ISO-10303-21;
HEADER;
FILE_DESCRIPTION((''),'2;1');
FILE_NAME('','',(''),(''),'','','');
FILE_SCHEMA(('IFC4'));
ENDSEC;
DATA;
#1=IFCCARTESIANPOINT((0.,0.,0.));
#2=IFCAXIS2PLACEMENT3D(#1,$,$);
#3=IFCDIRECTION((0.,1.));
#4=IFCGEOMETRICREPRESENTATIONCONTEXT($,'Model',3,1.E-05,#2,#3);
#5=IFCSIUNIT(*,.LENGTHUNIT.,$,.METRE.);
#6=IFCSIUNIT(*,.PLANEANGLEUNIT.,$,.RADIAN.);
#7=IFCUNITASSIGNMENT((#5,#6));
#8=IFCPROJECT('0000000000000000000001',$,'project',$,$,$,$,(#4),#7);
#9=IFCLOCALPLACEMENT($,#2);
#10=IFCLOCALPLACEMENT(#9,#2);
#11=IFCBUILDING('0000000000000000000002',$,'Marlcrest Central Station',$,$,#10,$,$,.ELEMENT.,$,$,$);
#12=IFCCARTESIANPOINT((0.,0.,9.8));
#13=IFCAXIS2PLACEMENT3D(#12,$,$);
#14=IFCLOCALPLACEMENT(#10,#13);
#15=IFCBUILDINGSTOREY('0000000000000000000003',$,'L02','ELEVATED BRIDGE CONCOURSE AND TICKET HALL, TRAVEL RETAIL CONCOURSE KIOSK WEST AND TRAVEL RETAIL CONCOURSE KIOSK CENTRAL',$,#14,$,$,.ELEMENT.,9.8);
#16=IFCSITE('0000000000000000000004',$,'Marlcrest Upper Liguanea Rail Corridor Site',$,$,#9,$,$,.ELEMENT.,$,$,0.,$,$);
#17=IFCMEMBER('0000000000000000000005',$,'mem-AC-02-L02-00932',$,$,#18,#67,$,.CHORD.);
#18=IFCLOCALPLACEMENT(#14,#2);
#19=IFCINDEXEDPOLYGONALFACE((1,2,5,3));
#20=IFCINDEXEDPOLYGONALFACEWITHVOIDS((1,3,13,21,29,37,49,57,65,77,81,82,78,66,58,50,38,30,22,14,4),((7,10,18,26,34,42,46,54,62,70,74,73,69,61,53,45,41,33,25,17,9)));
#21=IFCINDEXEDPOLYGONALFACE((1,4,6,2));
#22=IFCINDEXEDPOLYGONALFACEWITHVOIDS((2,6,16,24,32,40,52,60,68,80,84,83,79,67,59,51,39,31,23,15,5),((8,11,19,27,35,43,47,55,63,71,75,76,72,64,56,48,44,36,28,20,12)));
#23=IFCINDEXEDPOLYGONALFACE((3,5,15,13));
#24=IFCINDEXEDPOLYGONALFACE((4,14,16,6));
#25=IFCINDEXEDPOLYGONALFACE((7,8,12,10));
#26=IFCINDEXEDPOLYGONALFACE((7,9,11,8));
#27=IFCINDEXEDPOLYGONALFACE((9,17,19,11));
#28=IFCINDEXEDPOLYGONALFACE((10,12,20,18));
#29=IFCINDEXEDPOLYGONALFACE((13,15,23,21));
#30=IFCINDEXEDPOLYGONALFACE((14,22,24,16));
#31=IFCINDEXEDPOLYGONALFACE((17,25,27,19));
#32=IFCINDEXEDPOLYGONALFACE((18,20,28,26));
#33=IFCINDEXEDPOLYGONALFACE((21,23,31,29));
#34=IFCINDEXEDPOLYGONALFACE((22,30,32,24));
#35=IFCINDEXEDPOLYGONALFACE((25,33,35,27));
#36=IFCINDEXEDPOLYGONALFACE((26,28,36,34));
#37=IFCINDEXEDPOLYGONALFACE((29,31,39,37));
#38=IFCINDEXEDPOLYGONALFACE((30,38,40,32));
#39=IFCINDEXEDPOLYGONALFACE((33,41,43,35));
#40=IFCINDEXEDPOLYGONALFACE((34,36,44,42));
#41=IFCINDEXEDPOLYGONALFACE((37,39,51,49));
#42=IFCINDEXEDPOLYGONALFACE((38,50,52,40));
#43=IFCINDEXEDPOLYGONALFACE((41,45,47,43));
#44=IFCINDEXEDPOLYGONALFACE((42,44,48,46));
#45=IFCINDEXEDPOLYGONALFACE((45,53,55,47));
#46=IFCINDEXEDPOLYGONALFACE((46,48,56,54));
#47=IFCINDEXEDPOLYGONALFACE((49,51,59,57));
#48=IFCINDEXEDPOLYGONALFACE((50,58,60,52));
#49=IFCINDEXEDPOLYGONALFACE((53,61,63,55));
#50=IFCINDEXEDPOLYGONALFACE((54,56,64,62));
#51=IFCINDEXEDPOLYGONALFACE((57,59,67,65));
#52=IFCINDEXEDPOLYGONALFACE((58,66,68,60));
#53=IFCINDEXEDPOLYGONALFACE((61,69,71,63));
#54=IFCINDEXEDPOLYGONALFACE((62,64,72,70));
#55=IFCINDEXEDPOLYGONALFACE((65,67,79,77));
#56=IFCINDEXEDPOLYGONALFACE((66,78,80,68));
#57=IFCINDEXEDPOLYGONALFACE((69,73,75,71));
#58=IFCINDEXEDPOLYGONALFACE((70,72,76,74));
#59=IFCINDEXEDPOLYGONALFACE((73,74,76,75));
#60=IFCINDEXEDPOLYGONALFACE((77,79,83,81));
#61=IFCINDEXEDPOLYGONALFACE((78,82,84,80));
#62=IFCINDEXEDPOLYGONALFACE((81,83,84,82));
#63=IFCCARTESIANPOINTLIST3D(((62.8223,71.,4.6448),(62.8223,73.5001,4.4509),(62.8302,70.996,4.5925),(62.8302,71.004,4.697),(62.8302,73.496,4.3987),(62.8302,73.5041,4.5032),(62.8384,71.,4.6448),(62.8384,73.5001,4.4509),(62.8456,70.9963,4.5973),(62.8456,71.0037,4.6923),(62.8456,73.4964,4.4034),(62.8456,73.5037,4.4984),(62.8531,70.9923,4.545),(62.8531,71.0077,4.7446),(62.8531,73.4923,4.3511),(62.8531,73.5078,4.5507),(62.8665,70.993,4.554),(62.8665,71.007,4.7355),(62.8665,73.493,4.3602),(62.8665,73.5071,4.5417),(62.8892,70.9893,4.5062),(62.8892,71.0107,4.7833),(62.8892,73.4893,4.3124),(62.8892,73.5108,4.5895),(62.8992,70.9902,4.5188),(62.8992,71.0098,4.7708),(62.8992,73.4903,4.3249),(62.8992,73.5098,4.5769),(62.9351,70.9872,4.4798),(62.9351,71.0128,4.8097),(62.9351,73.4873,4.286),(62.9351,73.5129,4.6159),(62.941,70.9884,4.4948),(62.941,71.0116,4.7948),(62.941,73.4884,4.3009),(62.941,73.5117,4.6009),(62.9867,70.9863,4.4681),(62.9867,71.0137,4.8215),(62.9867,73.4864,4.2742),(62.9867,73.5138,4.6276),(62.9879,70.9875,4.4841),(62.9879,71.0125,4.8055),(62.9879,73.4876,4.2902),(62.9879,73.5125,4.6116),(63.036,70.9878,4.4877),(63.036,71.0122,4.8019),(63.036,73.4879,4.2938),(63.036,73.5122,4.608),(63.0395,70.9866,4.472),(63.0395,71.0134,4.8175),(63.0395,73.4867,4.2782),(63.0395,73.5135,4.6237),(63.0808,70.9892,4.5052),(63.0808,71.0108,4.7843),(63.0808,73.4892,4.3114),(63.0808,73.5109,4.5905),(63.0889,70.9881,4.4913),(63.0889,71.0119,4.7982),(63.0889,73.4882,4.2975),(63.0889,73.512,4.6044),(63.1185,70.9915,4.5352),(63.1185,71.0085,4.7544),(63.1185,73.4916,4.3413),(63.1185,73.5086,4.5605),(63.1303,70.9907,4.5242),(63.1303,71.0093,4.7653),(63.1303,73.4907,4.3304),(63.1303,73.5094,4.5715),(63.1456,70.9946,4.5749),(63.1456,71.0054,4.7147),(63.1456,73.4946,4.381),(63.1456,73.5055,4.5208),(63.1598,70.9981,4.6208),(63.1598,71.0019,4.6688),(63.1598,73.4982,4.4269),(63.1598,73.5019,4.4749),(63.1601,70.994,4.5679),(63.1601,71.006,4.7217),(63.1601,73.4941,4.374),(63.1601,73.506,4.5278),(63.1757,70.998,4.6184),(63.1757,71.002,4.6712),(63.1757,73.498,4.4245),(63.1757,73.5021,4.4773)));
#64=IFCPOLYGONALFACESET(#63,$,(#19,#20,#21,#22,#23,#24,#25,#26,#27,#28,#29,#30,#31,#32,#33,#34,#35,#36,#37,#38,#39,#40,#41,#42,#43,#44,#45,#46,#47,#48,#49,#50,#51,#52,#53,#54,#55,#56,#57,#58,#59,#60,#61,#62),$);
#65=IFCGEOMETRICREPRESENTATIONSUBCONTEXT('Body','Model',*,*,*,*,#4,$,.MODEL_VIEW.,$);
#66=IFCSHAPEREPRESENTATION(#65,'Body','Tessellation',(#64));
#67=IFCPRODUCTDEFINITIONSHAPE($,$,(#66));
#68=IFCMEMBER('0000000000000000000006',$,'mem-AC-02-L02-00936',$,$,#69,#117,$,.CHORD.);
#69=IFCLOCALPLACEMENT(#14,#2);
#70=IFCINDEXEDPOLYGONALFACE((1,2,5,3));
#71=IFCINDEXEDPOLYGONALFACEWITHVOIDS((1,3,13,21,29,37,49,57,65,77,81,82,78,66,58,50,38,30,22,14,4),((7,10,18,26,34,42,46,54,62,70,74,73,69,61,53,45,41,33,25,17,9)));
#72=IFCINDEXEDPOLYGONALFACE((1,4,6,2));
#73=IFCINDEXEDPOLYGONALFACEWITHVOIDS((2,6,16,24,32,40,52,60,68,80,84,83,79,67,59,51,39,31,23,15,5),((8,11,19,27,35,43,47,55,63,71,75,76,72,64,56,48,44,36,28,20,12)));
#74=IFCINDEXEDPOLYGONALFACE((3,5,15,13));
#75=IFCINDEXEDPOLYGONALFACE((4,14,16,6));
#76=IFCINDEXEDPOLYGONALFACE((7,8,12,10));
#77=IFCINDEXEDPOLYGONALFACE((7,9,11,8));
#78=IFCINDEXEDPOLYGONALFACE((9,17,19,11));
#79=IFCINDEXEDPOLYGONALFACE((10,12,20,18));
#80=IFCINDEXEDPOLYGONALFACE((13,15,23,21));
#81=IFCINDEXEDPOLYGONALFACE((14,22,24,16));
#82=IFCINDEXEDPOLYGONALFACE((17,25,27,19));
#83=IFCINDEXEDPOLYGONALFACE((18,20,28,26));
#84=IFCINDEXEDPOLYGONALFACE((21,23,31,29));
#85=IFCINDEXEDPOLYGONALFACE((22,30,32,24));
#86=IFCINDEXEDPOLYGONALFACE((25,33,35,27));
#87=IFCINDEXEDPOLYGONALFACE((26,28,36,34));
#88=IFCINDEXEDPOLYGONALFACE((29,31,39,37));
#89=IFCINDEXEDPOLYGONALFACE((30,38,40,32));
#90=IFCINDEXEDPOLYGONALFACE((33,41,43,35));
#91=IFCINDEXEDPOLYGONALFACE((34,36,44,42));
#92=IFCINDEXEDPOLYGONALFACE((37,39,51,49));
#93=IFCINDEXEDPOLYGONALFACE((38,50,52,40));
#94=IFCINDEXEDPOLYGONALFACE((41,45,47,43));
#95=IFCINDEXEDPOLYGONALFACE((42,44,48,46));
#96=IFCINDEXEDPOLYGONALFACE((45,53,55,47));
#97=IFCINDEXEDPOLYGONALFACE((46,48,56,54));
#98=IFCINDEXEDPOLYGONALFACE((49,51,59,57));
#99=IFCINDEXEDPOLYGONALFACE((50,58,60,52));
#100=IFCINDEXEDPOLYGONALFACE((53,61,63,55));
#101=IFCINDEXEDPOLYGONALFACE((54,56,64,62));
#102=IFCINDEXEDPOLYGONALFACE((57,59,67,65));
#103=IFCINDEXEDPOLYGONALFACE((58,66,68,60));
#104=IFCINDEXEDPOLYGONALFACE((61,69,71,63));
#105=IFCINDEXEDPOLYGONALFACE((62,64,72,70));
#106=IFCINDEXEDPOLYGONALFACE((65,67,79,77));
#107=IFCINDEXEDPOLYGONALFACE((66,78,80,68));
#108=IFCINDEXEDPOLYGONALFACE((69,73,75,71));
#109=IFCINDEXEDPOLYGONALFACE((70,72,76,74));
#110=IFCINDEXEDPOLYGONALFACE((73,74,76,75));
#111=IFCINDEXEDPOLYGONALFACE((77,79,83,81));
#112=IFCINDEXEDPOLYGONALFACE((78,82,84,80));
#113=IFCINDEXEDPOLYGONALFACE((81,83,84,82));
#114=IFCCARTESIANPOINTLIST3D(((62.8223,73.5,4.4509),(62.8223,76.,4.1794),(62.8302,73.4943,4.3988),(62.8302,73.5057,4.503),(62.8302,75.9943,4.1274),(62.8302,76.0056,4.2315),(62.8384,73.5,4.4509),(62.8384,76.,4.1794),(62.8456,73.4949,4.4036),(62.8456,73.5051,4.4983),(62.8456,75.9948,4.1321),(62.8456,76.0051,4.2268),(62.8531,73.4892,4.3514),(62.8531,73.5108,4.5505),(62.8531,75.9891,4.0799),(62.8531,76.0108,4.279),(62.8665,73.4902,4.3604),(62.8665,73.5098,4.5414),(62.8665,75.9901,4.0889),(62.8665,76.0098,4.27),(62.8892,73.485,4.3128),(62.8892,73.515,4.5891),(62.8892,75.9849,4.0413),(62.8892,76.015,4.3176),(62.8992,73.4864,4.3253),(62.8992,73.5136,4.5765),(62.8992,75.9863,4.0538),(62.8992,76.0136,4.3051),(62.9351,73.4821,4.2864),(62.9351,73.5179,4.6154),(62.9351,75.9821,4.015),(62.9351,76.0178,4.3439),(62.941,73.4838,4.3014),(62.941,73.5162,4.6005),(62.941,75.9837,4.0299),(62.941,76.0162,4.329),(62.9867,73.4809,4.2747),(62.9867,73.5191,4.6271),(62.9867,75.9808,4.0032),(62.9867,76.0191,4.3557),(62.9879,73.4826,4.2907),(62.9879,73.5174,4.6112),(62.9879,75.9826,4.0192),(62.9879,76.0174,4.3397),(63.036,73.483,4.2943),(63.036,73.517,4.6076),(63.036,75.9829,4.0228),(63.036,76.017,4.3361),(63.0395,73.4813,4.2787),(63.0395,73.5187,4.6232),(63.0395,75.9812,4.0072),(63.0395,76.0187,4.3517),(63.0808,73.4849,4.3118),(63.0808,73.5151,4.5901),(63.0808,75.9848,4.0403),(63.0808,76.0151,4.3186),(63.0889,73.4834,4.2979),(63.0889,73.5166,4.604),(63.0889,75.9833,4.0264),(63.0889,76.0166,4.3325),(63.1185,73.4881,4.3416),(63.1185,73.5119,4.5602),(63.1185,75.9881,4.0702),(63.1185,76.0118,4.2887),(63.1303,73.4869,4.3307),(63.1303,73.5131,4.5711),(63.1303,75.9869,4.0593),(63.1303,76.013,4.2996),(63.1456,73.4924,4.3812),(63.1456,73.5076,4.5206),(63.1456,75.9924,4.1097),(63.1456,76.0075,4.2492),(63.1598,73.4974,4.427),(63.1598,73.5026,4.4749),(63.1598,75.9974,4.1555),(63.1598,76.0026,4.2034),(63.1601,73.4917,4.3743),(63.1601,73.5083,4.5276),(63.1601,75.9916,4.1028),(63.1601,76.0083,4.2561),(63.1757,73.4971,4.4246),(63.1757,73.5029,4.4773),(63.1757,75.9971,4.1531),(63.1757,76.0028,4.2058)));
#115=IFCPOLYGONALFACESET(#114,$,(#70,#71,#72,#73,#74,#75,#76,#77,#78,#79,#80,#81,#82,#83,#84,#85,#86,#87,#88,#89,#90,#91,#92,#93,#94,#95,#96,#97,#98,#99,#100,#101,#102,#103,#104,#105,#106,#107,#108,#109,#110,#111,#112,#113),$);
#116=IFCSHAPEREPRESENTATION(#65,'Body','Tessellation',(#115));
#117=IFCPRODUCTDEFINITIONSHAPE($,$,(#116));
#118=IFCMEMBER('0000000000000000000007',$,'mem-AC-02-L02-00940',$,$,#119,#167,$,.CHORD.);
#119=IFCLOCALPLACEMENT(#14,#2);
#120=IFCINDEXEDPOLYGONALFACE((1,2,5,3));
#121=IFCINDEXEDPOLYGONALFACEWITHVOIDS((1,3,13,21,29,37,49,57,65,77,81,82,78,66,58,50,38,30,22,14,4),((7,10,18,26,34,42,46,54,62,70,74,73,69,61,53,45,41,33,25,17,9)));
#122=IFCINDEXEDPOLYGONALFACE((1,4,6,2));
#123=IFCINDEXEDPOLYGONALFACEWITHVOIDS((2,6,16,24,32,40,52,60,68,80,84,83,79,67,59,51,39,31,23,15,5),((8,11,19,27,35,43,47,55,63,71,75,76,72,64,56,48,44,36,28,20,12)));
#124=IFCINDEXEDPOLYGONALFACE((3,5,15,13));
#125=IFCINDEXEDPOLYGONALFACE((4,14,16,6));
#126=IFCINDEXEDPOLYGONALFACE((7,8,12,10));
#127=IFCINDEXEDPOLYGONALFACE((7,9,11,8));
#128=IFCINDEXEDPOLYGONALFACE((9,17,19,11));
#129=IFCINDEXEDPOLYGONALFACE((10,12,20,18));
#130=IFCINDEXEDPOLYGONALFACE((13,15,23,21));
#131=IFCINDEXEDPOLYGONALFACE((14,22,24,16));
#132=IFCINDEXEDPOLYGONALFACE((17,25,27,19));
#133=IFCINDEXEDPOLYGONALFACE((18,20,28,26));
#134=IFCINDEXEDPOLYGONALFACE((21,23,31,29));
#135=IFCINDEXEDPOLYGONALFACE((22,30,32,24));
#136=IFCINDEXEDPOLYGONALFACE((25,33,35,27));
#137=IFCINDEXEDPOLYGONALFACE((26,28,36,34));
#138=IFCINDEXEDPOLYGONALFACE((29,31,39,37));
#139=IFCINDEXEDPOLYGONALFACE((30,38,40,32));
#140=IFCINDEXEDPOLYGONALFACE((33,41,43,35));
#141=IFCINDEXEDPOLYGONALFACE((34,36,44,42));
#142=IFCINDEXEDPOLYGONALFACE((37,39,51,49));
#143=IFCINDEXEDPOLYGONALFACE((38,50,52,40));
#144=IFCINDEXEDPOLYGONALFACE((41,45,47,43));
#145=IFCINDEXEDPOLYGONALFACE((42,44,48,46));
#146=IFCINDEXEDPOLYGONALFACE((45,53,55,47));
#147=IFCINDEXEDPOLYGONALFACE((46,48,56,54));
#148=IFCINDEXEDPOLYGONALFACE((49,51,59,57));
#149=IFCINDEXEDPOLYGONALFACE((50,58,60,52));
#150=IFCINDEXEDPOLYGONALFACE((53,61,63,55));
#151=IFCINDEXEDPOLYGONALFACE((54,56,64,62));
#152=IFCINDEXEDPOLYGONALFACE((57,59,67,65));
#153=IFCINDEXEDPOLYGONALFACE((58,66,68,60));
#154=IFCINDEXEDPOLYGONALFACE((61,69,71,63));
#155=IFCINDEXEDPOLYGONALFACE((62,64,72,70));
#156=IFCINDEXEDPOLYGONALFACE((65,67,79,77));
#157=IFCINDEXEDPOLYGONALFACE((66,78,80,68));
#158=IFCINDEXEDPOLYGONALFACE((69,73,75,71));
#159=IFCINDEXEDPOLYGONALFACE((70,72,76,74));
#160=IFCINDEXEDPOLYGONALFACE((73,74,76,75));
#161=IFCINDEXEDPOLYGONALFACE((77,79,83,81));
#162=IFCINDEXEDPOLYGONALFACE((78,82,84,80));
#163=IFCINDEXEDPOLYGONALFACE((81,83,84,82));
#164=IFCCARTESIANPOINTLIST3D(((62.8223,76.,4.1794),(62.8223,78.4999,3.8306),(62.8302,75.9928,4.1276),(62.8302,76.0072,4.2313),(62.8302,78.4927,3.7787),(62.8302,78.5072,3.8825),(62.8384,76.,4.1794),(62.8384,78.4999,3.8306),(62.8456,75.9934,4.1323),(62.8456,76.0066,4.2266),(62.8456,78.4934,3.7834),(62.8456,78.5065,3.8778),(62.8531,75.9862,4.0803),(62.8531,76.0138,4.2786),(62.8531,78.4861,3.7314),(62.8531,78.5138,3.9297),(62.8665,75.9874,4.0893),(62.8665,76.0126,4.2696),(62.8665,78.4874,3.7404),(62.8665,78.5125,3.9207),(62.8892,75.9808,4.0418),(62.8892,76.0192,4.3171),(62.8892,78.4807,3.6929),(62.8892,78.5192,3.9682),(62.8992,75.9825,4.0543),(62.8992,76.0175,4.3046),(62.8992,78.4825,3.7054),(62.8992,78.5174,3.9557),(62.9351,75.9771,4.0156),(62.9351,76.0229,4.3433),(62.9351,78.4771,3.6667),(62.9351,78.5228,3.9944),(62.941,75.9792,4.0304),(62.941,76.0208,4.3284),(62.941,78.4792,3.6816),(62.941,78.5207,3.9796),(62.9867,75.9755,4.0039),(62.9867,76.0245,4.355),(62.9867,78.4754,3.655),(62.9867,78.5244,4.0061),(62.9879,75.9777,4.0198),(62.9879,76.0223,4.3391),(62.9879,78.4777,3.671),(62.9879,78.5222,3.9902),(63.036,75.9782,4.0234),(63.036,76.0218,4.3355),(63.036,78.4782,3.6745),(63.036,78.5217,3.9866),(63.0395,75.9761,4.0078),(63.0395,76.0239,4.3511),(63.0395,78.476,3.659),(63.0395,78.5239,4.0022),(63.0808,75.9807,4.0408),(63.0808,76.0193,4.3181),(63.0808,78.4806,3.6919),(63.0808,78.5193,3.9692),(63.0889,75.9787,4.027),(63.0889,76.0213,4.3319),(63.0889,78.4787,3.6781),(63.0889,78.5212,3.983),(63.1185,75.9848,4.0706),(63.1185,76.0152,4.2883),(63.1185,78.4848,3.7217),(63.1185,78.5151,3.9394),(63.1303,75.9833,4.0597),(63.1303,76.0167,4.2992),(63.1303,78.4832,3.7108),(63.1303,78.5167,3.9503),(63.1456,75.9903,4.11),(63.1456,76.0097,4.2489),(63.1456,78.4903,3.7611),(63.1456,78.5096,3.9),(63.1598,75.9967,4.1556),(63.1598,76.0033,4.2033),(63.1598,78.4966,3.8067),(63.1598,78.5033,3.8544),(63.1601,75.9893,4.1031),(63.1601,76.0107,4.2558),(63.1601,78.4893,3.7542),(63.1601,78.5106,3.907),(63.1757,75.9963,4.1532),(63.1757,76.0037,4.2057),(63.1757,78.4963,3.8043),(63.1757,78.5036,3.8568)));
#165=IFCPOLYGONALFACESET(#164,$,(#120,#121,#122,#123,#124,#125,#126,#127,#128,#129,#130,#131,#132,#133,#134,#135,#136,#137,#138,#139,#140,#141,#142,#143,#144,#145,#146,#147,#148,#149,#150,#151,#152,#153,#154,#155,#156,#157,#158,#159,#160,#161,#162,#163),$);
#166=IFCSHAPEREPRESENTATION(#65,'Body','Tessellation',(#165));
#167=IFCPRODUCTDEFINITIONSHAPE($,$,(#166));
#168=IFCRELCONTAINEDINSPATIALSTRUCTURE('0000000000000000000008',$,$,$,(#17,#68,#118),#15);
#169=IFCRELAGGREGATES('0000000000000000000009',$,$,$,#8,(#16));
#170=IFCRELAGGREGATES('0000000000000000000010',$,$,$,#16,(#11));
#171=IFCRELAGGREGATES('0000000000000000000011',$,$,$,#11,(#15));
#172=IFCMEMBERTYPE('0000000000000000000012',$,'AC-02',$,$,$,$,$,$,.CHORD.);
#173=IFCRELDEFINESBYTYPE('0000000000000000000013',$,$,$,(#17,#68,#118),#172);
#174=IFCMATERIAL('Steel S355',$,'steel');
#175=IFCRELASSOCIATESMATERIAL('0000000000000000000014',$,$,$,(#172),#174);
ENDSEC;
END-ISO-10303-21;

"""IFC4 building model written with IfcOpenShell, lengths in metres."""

from ifc_helpers import new_model, si_unit, direction, frame, origin, origin_2d, place, context, subcontext, project, spatial, hollow_circle, extrude, material, material_profile, profile_set, type_object, element, save


model = new_model("IFC4")

# Units and contexts
model_context = context("Model", 3, precision=1e-05, world=origin(), true_north=direction((0.0, 1.0)))
body_context = subcontext(model_context, "Body", "Model", "MODEL_VIEW")
ifc_project = project(units=[si_unit("LENGTHUNIT", "METRE"), si_unit("PLANEANGLEUNIT", "RADIAN")], contexts=[model_context])

# Site, building, storey
site_placement = place(None, origin())
site = spatial("IfcSite", under=ifc_project, at=site_placement, Name="Marlcrest Upper Liguanea Rail Corridor Site", CompositionType="ELEMENT", RefElevation=0.0)
building_placement = place(site_placement, origin())
building = spatial("IfcBuilding", under=site, at=building_placement, Name="Marlcrest Central Station", CompositionType="ELEMENT")
storey_placement = place(building_placement, frame((0.0, 0.0, 9.8)))
storey = spatial("IfcBuildingStorey", under=building, at=storey_placement, Name="L02", Description="ELEVATED BRIDGE CONCOURSE AND TICKET HALL, TRAVEL RETAIL CONCOURSE KIOSK WEST AND TRAVEL RETAIL CONCOURSE KIOSK CENTRAL", CompositionType="ELEMENT", Elevation=9.8)

# Members
ifc_material = material(Name="Steel S355", Category="steel")
ifc_material_profile_1 = material_profile(ifc_material, hollow_circle(Radius=0.1777, WallThickness=0.0161, at=origin_2d()), Name="CHS 355.6x16")
ifc_profile_set_1 = profile_set([ifc_material_profile_1], Name="Steel S355")
member_type_1 = type_object("IfcMemberType", Name="AC-02", PredefinedType="CHORD", material=ifc_profile_set_1)
member_1_placement = place(storey_placement, frame((63.0, 71.0, 4.6448), z_axis=(0.0, 0.997007, -0.077307), x_axis=(-1.0, 0.0, 0.0)))
element("IfcMember", 1, at=member_1_placement, inside=storey, type_object=member_type_1, Name="mem-AC-02-L02-00932", PredefinedType="CHORD", context=body_context, shape_type="SweptSolid", body=[
    extrude(hollow_circle(Radius=0.1777, WallThickness=0.0161, at=origin_2d()), origin(), (0.0, 0.0, 1.0), 2.5076),
])
member_2_placement = place(storey_placement, frame((63.0, 73.5, 4.4509), z_axis=(0.0, 0.994155, -0.107959), x_axis=(-1.0, 0.0, 0.0)))
element("IfcMember", 2, at=member_2_placement, inside=storey, type_object=member_type_1, Name="mem-AC-02-L02-00936", PredefinedType="CHORD", context=body_context, shape_type="SweptSolid", body=[
    extrude(hollow_circle(Radius=0.1777, WallThickness=0.0161, at=origin_2d()), origin(), (0.0, 0.0, 1.0), 2.5146),
])
member_3_placement = place(storey_placement, frame((63.0, 76.0, 4.1794), z_axis=(0.0, 0.990403, -0.138211), x_axis=(-1.0, 0.0, 0.0)))
element("IfcMember", 3, at=member_3_placement, inside=storey, type_object=member_type_1, Name="mem-AC-02-L02-00940", PredefinedType="CHORD", context=body_context, shape_type="SweptSolid", body=[
    extrude(hollow_circle(Radius=0.1777, WallThickness=0.0161, at=origin_2d()), origin(), (0.0, 0.0, 1.0), 2.5242),
])

save(model, "model.ifc")
